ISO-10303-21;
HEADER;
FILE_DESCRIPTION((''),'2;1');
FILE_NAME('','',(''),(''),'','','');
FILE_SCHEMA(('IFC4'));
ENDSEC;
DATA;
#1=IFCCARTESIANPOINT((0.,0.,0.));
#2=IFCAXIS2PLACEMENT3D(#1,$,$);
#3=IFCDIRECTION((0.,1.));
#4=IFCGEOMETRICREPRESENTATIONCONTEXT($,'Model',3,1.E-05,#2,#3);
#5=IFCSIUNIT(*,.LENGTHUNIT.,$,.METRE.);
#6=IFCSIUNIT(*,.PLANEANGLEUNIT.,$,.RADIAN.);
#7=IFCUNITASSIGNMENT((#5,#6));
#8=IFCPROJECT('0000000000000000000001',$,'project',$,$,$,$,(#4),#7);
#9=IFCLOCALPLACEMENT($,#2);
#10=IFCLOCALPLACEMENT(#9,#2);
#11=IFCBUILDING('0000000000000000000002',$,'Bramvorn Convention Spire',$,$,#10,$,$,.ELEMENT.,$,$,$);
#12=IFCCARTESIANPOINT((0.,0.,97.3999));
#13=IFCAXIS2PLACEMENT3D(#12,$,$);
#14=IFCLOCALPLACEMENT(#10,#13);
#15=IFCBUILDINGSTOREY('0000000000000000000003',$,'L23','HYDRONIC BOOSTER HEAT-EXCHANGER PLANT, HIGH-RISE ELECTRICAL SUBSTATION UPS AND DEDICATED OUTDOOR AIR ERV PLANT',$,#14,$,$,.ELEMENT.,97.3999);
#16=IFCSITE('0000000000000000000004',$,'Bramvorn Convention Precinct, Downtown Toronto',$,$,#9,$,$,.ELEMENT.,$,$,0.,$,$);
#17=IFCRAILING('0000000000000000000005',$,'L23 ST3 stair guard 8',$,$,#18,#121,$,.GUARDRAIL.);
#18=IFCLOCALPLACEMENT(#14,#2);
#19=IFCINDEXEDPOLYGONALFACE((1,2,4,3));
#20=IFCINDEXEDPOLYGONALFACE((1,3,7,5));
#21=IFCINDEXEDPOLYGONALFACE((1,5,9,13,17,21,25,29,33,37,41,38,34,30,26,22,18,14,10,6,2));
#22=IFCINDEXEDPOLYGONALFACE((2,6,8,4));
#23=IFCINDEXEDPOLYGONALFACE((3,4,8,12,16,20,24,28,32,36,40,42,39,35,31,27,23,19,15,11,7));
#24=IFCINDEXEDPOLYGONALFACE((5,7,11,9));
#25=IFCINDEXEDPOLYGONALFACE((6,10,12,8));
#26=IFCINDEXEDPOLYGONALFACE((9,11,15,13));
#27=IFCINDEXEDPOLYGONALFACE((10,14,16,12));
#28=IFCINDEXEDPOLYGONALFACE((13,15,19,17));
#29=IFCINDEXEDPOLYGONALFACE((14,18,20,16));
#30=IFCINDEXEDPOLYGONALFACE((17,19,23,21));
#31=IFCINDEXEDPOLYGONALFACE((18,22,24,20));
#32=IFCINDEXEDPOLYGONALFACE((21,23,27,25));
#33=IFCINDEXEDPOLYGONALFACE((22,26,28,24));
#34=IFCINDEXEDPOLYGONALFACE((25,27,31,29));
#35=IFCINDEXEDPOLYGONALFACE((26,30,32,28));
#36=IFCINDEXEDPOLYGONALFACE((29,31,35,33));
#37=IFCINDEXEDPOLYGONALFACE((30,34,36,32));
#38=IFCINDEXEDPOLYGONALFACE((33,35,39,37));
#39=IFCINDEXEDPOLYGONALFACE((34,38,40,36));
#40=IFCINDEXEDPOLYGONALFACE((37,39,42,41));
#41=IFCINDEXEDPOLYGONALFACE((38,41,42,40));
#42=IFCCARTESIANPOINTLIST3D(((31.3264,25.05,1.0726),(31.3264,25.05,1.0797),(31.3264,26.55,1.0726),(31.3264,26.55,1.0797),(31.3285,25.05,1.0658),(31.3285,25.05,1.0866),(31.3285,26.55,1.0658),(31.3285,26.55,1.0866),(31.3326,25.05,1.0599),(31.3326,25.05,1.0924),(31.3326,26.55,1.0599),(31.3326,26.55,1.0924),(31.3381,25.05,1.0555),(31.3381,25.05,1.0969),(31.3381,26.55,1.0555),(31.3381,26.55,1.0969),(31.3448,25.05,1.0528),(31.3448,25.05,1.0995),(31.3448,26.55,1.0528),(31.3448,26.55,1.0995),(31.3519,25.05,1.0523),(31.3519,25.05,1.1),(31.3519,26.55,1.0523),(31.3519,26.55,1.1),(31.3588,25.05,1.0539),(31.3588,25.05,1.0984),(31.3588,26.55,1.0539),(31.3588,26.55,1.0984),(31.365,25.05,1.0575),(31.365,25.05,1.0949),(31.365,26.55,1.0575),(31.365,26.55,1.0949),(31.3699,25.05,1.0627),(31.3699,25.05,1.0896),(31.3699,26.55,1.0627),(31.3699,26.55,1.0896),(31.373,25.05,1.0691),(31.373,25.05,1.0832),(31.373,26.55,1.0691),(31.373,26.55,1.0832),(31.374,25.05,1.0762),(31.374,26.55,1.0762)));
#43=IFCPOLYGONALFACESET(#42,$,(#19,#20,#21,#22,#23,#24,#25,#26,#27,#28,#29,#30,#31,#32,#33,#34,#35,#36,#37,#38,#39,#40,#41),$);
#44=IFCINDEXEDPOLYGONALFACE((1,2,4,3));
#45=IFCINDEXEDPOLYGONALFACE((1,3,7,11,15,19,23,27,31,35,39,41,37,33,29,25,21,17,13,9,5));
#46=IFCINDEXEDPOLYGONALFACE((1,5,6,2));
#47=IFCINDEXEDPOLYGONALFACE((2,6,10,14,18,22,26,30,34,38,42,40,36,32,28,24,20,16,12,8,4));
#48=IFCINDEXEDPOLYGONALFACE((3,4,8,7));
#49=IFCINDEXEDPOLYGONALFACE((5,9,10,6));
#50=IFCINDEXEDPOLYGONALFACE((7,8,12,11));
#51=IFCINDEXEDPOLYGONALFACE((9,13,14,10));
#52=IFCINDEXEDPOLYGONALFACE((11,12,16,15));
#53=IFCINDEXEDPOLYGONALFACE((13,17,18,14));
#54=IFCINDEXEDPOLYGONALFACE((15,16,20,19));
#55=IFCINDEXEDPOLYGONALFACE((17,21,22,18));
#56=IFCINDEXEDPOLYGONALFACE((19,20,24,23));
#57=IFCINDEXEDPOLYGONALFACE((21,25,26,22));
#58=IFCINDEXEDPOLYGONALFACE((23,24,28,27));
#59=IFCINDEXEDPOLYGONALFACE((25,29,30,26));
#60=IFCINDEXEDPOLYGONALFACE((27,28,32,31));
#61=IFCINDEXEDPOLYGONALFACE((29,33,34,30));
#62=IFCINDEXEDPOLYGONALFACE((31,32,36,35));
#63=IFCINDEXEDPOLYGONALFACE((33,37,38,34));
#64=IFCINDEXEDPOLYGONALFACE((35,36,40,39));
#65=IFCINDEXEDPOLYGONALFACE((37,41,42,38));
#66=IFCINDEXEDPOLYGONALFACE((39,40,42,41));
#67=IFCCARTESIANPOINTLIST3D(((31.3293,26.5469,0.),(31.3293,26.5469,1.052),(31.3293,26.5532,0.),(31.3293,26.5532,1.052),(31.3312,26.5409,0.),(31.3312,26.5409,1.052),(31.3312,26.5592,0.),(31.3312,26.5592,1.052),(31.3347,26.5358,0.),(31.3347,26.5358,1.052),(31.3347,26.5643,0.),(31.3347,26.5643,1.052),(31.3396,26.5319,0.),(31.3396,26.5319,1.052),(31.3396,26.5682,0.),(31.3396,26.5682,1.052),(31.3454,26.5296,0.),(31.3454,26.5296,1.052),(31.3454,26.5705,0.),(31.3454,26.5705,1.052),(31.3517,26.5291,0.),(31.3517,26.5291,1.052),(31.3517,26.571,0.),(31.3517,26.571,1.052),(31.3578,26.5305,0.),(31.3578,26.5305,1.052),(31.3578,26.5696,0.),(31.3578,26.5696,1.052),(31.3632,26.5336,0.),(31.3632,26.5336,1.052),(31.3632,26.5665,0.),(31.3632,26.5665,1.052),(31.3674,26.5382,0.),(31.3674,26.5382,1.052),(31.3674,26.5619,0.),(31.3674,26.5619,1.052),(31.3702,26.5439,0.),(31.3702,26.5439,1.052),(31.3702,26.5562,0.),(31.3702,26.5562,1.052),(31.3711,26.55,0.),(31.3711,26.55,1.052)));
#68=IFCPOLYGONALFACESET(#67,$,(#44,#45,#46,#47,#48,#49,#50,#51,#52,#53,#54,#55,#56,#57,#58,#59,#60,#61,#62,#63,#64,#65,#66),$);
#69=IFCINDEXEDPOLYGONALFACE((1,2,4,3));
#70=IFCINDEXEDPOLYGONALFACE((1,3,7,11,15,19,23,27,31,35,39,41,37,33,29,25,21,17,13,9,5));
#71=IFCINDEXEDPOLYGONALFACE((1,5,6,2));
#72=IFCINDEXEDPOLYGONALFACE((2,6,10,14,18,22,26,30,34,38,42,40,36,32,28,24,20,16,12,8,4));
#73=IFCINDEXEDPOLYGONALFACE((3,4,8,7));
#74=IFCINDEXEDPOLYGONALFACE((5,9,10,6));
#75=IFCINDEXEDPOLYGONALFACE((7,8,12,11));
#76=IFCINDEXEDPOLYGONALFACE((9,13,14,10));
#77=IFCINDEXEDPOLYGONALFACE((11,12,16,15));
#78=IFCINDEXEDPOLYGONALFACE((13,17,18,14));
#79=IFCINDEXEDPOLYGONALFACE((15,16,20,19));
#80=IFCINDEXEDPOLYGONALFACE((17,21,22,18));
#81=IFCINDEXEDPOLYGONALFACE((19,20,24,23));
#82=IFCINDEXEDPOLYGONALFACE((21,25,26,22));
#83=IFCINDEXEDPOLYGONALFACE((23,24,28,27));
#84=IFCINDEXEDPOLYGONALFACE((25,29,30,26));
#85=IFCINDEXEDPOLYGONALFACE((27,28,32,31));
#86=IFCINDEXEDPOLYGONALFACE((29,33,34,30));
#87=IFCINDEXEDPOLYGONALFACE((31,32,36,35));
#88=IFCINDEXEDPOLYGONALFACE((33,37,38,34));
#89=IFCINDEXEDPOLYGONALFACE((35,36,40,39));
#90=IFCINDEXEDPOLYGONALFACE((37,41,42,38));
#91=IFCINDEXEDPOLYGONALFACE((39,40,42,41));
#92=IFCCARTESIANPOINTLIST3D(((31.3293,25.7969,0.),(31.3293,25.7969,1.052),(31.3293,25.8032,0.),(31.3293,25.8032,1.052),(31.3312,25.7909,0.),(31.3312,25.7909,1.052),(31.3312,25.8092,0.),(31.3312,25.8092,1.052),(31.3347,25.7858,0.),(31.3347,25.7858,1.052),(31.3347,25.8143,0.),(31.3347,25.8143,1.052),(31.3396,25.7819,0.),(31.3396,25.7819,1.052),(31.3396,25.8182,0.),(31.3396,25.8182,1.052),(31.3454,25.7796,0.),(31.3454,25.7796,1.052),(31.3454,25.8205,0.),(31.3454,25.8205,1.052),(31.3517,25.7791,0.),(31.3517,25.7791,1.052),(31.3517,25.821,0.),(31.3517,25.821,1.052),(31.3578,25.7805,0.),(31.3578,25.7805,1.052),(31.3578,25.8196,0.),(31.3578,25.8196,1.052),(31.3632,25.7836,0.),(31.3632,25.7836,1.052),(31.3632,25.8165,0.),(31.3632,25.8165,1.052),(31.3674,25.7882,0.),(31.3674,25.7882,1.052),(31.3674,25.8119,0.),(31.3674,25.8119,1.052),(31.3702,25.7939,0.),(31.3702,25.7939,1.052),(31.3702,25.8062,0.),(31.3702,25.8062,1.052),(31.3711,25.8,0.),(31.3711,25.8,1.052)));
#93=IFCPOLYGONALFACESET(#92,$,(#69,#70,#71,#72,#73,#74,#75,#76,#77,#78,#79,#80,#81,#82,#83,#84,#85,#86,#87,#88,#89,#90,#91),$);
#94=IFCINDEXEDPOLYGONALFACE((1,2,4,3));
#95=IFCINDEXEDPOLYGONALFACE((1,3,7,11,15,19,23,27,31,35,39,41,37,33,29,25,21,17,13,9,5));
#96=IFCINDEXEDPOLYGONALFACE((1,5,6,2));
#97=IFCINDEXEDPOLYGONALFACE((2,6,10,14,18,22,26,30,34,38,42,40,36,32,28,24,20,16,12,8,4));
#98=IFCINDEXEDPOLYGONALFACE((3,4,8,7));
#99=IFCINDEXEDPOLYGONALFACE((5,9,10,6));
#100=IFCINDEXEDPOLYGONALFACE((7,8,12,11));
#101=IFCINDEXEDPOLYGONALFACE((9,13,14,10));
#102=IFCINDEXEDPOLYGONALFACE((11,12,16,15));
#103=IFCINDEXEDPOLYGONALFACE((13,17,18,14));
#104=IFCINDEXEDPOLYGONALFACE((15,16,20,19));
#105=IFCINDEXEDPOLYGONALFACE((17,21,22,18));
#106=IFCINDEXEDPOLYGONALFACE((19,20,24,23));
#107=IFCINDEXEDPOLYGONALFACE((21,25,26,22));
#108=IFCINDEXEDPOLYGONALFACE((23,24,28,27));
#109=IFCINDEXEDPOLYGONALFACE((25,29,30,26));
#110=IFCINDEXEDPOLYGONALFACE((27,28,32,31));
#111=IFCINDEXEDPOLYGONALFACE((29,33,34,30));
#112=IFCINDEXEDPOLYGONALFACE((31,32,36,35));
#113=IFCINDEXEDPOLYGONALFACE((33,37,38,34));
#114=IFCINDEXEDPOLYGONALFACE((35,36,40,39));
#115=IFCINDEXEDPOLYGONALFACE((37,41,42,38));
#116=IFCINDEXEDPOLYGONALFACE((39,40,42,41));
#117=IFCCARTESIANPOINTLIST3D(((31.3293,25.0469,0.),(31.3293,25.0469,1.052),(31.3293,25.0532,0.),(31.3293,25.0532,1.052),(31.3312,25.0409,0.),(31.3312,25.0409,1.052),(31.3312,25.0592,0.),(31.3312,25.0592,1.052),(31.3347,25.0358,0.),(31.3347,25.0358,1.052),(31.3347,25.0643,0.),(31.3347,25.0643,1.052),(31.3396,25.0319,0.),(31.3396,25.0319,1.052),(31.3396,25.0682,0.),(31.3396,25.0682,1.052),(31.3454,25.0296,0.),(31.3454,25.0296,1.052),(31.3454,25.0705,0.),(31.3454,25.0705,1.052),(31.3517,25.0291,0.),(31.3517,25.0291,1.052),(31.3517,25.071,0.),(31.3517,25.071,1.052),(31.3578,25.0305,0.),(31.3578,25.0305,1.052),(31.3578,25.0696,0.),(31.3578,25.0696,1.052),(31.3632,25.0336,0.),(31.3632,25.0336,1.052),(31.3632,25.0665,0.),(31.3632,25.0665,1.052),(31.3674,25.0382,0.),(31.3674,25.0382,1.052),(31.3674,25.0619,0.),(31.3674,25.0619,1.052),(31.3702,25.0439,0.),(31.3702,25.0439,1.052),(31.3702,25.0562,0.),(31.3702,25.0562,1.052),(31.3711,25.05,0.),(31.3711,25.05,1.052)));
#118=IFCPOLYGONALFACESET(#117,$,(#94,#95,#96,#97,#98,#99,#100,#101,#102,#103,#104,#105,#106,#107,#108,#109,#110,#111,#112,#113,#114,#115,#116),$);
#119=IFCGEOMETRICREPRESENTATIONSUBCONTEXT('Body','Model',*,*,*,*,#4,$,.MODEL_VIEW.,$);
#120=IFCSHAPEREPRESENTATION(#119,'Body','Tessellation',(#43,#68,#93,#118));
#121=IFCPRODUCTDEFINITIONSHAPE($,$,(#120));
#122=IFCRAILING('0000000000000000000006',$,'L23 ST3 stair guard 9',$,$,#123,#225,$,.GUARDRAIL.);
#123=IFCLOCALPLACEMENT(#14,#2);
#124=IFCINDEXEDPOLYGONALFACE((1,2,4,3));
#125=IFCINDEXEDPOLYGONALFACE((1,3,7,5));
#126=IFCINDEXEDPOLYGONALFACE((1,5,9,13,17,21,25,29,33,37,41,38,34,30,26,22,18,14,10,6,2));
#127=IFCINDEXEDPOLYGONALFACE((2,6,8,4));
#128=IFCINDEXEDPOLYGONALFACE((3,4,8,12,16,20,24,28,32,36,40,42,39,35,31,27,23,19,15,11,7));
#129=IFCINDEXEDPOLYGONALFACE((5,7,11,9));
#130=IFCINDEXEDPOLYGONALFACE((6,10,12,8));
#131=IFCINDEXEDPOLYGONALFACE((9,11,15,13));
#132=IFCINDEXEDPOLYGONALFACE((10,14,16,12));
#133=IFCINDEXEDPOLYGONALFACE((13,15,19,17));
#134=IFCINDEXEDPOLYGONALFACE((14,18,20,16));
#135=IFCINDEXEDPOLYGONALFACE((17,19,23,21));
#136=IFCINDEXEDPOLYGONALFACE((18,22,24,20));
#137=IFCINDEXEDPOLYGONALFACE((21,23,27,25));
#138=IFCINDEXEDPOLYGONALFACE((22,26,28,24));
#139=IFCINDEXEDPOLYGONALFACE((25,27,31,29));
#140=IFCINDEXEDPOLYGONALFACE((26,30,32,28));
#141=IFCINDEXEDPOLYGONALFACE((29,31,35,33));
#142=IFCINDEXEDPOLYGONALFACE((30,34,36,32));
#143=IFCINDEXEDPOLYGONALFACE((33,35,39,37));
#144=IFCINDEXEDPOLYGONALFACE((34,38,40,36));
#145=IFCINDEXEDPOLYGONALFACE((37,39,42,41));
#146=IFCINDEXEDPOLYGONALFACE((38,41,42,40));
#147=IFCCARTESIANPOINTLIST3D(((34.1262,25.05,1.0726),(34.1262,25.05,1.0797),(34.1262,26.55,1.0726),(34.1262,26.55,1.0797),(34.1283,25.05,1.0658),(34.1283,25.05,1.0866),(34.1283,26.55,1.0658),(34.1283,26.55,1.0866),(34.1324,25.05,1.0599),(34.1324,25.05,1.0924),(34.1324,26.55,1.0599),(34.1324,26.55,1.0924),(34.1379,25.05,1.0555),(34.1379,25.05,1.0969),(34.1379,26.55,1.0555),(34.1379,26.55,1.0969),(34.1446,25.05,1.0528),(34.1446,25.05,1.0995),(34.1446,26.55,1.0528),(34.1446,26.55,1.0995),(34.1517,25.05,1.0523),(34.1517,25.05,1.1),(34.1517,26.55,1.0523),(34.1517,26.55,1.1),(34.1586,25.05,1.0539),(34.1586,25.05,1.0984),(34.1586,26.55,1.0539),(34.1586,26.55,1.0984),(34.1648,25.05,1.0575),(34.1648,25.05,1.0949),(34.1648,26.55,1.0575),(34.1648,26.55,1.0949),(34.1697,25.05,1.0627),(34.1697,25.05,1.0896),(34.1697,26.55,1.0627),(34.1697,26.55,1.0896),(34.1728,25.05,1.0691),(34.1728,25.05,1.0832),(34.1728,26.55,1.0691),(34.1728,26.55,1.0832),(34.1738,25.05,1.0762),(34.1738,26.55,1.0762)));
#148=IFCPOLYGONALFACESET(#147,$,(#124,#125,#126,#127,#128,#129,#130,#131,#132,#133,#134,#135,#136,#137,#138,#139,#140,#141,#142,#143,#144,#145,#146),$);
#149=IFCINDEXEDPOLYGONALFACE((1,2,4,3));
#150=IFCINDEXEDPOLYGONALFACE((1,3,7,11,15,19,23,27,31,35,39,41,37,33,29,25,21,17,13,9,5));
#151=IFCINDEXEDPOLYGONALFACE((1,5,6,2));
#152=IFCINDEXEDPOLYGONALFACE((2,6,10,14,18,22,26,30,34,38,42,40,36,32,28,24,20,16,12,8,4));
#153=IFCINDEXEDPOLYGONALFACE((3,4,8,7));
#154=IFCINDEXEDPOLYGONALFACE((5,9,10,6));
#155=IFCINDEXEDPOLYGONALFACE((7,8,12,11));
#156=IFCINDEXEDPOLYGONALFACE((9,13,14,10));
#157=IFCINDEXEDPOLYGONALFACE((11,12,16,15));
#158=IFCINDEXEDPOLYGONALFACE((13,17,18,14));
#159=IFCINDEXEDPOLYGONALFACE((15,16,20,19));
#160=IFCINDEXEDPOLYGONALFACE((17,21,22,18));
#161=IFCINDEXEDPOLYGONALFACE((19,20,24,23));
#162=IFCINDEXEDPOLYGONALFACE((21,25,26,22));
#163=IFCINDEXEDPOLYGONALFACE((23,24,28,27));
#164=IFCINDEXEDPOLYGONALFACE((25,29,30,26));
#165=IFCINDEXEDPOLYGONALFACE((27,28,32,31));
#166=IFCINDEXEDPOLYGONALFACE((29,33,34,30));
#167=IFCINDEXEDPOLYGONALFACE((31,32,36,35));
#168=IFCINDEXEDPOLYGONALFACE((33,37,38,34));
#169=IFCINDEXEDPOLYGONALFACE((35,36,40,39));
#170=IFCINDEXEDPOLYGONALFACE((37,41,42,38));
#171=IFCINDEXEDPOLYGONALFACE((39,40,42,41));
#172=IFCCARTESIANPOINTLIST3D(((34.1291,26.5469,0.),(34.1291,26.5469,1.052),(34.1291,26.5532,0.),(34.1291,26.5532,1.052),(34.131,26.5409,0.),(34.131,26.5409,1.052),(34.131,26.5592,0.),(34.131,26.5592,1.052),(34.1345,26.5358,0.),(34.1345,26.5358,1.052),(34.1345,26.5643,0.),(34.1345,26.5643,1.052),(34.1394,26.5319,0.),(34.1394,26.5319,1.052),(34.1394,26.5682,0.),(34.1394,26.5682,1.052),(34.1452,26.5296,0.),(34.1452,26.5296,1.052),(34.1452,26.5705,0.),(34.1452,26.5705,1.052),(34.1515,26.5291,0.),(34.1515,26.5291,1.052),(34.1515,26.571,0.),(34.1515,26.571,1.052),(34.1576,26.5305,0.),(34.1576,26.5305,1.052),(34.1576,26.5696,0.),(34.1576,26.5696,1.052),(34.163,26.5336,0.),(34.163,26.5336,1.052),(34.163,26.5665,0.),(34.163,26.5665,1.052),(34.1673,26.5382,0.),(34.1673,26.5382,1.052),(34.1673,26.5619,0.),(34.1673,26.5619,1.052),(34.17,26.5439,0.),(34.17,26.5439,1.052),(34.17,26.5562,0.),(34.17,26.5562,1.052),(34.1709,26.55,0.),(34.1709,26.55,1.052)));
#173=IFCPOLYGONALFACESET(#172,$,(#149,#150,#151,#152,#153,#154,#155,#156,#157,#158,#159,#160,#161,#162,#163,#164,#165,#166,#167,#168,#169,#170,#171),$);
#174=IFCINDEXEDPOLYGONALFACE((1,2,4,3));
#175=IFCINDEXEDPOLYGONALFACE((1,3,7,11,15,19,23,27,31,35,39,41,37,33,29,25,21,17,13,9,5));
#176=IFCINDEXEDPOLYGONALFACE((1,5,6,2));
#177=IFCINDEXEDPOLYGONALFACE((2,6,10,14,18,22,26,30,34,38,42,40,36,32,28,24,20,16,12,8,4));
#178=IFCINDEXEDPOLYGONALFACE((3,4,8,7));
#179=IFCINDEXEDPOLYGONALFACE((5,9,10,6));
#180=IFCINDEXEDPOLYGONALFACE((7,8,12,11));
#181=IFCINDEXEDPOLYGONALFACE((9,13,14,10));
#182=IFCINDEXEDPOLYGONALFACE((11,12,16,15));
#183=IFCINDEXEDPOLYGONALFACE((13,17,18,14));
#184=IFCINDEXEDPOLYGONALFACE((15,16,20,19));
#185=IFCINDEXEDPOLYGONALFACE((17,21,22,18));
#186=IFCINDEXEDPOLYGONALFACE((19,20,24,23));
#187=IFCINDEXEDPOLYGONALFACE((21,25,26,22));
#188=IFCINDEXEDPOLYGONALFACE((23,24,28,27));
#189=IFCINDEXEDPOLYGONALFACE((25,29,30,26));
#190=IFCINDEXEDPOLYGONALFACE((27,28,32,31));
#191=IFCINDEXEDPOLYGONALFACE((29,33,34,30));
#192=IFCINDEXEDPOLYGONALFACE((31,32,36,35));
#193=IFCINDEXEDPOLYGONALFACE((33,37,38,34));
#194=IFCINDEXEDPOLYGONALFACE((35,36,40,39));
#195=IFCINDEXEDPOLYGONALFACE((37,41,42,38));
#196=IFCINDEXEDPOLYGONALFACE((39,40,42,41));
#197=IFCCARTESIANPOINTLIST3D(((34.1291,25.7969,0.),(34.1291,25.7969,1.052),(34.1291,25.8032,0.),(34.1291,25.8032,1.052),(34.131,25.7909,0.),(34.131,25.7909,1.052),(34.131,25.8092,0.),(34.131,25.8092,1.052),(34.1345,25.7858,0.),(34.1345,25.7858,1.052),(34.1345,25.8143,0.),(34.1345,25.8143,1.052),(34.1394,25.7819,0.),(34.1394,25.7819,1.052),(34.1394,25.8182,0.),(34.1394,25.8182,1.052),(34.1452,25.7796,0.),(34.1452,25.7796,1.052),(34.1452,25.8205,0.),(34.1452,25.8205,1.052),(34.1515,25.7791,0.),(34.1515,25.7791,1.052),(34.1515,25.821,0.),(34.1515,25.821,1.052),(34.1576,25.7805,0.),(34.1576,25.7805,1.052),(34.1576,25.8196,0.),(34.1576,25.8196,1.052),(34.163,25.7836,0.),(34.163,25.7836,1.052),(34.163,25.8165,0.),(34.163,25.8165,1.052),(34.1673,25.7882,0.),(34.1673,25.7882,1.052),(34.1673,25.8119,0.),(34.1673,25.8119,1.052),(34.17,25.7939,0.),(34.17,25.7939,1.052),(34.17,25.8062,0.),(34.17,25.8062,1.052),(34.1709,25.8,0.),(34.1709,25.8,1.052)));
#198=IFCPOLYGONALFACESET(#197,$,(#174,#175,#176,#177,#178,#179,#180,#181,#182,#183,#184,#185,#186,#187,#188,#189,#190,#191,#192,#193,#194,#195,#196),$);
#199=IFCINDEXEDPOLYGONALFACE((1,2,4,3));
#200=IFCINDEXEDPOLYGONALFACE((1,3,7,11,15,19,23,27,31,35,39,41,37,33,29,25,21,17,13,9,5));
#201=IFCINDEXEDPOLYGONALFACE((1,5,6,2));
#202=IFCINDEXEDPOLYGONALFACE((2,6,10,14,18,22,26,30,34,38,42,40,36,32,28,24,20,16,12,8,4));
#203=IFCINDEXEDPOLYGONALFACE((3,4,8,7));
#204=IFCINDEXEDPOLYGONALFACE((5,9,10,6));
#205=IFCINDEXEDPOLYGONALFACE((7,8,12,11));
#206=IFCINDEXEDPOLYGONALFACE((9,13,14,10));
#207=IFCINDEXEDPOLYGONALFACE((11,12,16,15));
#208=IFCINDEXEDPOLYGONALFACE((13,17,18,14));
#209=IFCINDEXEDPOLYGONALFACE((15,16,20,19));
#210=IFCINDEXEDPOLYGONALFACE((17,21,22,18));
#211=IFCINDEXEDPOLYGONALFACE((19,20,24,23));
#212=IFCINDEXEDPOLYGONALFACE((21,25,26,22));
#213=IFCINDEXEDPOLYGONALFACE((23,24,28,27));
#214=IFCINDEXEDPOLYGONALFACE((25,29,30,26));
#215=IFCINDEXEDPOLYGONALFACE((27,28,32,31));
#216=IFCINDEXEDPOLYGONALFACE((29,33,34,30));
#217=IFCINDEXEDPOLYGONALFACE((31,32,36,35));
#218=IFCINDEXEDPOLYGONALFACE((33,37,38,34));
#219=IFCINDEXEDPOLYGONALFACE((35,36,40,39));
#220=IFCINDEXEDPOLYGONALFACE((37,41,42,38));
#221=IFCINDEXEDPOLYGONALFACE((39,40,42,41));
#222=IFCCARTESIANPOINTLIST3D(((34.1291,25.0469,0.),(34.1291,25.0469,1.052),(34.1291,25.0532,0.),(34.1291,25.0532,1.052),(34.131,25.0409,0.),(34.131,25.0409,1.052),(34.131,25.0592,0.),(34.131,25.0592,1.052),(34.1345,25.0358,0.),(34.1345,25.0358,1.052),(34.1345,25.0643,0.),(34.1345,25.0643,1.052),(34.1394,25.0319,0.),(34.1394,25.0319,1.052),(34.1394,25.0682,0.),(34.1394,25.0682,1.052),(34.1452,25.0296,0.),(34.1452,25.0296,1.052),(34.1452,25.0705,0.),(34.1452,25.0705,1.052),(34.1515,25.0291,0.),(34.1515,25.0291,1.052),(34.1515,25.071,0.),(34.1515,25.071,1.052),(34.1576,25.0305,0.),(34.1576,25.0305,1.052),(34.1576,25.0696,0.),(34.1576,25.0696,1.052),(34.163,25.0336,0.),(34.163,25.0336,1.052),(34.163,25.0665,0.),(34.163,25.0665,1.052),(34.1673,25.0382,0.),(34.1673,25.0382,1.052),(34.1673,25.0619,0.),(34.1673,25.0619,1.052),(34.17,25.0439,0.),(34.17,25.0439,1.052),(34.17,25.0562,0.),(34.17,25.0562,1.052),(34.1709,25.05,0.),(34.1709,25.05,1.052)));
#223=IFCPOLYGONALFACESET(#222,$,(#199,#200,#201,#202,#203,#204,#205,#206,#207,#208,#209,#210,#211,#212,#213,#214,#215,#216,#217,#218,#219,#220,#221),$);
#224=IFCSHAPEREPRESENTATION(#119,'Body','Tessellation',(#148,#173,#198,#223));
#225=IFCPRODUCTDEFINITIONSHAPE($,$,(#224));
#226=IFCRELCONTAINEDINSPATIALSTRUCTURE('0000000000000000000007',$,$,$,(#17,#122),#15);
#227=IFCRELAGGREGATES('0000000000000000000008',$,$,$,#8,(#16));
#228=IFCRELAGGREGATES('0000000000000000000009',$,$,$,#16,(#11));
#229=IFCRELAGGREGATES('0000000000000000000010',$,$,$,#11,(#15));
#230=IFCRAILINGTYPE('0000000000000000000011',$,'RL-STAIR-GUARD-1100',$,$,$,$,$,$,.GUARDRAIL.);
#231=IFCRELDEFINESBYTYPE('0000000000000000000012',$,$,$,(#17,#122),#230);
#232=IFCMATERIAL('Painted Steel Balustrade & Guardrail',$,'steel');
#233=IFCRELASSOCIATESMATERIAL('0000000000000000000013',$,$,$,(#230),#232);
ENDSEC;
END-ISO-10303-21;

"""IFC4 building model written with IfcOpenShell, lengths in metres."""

from ifc_helpers import new_model, si_unit, direction, frame, origin, origin_2d, place, context, subcontext, project, spatial, circle, extrude, material, type_object, element, save


model = new_model("IFC4")

# Units and contexts
model_context = context("Model", 3, precision=1e-05, world=origin(), true_north=direction((0.0, 1.0)))
body_context = subcontext(model_context, "Body", "Model", "MODEL_VIEW")
ifc_project = project(units=[si_unit("LENGTHUNIT", "METRE"), si_unit("PLANEANGLEUNIT", "RADIAN")], contexts=[model_context])

# Site, building, storey
site_placement = place(None, origin())
site = spatial("IfcSite", under=ifc_project, at=site_placement, Name="Bramvorn Convention Precinct, Downtown Toronto", CompositionType="ELEMENT", RefElevation=0.0)
building_placement = place(site_placement, origin())
building = spatial("IfcBuilding", under=site, at=building_placement, Name="Bramvorn Convention Spire", CompositionType="ELEMENT")
storey_placement = place(building_placement, frame((0.0, 0.0, 97.3999)))
storey = spatial("IfcBuildingStorey", under=building, at=storey_placement, Name="L23", Description="HYDRONIC BOOSTER HEAT-EXCHANGER PLANT, HIGH-RISE ELECTRICAL SUBSTATION UPS AND DEDICATED OUTDOOR AIR ERV PLANT", CompositionType="ELEMENT", Elevation=97.3999)

# Railings
ifc_material_1 = material(Name="Painted Steel Balustrade & Guardrail", Category="steel")
railing_type = type_object("IfcRailingType", Name="RL-STAIR-GUARD-1100", PredefinedType="GUARDRAIL", material=ifc_material_1)
for number, where, name in (
    (1, (31.3501, 26.55, 0.0), "L23 ST3 stair guard 8"),
    (2, (34.1499, 26.55, 0.0), "L23 ST3 stair guard 9"),
):
    element("IfcRailing", number, at=place(storey_placement, frame(where)), inside=storey, type_object=railing_type, Name=name, PredefinedType="GUARDRAIL", context=body_context, shape_type="SweptSolid", body=[
        extrude(circle(Radius=0.0239, at=origin_2d()), frame((0.0, 0.0, 1.0762), z_axis=(0.0, -1.0, 0.0), x_axis=(1.0, 0.0, 0.0)), (0.0, 0.0, 1.0), 1.5),
        extrude(circle(Radius=0.021, at=origin_2d()), origin(), (0.0, 0.0, 1.0), 1.052),
        extrude(circle(Radius=0.021, at=origin_2d()), frame((0.0, -0.75, 0.0)), (0.0, 0.0, 1.0), 1.052),
        extrude(circle(Radius=0.021, at=origin_2d()), frame((0.0, -1.5, 0.0)), (0.0, 0.0, 1.0), 1.052),
    ])

save(model, "model.ifc")
